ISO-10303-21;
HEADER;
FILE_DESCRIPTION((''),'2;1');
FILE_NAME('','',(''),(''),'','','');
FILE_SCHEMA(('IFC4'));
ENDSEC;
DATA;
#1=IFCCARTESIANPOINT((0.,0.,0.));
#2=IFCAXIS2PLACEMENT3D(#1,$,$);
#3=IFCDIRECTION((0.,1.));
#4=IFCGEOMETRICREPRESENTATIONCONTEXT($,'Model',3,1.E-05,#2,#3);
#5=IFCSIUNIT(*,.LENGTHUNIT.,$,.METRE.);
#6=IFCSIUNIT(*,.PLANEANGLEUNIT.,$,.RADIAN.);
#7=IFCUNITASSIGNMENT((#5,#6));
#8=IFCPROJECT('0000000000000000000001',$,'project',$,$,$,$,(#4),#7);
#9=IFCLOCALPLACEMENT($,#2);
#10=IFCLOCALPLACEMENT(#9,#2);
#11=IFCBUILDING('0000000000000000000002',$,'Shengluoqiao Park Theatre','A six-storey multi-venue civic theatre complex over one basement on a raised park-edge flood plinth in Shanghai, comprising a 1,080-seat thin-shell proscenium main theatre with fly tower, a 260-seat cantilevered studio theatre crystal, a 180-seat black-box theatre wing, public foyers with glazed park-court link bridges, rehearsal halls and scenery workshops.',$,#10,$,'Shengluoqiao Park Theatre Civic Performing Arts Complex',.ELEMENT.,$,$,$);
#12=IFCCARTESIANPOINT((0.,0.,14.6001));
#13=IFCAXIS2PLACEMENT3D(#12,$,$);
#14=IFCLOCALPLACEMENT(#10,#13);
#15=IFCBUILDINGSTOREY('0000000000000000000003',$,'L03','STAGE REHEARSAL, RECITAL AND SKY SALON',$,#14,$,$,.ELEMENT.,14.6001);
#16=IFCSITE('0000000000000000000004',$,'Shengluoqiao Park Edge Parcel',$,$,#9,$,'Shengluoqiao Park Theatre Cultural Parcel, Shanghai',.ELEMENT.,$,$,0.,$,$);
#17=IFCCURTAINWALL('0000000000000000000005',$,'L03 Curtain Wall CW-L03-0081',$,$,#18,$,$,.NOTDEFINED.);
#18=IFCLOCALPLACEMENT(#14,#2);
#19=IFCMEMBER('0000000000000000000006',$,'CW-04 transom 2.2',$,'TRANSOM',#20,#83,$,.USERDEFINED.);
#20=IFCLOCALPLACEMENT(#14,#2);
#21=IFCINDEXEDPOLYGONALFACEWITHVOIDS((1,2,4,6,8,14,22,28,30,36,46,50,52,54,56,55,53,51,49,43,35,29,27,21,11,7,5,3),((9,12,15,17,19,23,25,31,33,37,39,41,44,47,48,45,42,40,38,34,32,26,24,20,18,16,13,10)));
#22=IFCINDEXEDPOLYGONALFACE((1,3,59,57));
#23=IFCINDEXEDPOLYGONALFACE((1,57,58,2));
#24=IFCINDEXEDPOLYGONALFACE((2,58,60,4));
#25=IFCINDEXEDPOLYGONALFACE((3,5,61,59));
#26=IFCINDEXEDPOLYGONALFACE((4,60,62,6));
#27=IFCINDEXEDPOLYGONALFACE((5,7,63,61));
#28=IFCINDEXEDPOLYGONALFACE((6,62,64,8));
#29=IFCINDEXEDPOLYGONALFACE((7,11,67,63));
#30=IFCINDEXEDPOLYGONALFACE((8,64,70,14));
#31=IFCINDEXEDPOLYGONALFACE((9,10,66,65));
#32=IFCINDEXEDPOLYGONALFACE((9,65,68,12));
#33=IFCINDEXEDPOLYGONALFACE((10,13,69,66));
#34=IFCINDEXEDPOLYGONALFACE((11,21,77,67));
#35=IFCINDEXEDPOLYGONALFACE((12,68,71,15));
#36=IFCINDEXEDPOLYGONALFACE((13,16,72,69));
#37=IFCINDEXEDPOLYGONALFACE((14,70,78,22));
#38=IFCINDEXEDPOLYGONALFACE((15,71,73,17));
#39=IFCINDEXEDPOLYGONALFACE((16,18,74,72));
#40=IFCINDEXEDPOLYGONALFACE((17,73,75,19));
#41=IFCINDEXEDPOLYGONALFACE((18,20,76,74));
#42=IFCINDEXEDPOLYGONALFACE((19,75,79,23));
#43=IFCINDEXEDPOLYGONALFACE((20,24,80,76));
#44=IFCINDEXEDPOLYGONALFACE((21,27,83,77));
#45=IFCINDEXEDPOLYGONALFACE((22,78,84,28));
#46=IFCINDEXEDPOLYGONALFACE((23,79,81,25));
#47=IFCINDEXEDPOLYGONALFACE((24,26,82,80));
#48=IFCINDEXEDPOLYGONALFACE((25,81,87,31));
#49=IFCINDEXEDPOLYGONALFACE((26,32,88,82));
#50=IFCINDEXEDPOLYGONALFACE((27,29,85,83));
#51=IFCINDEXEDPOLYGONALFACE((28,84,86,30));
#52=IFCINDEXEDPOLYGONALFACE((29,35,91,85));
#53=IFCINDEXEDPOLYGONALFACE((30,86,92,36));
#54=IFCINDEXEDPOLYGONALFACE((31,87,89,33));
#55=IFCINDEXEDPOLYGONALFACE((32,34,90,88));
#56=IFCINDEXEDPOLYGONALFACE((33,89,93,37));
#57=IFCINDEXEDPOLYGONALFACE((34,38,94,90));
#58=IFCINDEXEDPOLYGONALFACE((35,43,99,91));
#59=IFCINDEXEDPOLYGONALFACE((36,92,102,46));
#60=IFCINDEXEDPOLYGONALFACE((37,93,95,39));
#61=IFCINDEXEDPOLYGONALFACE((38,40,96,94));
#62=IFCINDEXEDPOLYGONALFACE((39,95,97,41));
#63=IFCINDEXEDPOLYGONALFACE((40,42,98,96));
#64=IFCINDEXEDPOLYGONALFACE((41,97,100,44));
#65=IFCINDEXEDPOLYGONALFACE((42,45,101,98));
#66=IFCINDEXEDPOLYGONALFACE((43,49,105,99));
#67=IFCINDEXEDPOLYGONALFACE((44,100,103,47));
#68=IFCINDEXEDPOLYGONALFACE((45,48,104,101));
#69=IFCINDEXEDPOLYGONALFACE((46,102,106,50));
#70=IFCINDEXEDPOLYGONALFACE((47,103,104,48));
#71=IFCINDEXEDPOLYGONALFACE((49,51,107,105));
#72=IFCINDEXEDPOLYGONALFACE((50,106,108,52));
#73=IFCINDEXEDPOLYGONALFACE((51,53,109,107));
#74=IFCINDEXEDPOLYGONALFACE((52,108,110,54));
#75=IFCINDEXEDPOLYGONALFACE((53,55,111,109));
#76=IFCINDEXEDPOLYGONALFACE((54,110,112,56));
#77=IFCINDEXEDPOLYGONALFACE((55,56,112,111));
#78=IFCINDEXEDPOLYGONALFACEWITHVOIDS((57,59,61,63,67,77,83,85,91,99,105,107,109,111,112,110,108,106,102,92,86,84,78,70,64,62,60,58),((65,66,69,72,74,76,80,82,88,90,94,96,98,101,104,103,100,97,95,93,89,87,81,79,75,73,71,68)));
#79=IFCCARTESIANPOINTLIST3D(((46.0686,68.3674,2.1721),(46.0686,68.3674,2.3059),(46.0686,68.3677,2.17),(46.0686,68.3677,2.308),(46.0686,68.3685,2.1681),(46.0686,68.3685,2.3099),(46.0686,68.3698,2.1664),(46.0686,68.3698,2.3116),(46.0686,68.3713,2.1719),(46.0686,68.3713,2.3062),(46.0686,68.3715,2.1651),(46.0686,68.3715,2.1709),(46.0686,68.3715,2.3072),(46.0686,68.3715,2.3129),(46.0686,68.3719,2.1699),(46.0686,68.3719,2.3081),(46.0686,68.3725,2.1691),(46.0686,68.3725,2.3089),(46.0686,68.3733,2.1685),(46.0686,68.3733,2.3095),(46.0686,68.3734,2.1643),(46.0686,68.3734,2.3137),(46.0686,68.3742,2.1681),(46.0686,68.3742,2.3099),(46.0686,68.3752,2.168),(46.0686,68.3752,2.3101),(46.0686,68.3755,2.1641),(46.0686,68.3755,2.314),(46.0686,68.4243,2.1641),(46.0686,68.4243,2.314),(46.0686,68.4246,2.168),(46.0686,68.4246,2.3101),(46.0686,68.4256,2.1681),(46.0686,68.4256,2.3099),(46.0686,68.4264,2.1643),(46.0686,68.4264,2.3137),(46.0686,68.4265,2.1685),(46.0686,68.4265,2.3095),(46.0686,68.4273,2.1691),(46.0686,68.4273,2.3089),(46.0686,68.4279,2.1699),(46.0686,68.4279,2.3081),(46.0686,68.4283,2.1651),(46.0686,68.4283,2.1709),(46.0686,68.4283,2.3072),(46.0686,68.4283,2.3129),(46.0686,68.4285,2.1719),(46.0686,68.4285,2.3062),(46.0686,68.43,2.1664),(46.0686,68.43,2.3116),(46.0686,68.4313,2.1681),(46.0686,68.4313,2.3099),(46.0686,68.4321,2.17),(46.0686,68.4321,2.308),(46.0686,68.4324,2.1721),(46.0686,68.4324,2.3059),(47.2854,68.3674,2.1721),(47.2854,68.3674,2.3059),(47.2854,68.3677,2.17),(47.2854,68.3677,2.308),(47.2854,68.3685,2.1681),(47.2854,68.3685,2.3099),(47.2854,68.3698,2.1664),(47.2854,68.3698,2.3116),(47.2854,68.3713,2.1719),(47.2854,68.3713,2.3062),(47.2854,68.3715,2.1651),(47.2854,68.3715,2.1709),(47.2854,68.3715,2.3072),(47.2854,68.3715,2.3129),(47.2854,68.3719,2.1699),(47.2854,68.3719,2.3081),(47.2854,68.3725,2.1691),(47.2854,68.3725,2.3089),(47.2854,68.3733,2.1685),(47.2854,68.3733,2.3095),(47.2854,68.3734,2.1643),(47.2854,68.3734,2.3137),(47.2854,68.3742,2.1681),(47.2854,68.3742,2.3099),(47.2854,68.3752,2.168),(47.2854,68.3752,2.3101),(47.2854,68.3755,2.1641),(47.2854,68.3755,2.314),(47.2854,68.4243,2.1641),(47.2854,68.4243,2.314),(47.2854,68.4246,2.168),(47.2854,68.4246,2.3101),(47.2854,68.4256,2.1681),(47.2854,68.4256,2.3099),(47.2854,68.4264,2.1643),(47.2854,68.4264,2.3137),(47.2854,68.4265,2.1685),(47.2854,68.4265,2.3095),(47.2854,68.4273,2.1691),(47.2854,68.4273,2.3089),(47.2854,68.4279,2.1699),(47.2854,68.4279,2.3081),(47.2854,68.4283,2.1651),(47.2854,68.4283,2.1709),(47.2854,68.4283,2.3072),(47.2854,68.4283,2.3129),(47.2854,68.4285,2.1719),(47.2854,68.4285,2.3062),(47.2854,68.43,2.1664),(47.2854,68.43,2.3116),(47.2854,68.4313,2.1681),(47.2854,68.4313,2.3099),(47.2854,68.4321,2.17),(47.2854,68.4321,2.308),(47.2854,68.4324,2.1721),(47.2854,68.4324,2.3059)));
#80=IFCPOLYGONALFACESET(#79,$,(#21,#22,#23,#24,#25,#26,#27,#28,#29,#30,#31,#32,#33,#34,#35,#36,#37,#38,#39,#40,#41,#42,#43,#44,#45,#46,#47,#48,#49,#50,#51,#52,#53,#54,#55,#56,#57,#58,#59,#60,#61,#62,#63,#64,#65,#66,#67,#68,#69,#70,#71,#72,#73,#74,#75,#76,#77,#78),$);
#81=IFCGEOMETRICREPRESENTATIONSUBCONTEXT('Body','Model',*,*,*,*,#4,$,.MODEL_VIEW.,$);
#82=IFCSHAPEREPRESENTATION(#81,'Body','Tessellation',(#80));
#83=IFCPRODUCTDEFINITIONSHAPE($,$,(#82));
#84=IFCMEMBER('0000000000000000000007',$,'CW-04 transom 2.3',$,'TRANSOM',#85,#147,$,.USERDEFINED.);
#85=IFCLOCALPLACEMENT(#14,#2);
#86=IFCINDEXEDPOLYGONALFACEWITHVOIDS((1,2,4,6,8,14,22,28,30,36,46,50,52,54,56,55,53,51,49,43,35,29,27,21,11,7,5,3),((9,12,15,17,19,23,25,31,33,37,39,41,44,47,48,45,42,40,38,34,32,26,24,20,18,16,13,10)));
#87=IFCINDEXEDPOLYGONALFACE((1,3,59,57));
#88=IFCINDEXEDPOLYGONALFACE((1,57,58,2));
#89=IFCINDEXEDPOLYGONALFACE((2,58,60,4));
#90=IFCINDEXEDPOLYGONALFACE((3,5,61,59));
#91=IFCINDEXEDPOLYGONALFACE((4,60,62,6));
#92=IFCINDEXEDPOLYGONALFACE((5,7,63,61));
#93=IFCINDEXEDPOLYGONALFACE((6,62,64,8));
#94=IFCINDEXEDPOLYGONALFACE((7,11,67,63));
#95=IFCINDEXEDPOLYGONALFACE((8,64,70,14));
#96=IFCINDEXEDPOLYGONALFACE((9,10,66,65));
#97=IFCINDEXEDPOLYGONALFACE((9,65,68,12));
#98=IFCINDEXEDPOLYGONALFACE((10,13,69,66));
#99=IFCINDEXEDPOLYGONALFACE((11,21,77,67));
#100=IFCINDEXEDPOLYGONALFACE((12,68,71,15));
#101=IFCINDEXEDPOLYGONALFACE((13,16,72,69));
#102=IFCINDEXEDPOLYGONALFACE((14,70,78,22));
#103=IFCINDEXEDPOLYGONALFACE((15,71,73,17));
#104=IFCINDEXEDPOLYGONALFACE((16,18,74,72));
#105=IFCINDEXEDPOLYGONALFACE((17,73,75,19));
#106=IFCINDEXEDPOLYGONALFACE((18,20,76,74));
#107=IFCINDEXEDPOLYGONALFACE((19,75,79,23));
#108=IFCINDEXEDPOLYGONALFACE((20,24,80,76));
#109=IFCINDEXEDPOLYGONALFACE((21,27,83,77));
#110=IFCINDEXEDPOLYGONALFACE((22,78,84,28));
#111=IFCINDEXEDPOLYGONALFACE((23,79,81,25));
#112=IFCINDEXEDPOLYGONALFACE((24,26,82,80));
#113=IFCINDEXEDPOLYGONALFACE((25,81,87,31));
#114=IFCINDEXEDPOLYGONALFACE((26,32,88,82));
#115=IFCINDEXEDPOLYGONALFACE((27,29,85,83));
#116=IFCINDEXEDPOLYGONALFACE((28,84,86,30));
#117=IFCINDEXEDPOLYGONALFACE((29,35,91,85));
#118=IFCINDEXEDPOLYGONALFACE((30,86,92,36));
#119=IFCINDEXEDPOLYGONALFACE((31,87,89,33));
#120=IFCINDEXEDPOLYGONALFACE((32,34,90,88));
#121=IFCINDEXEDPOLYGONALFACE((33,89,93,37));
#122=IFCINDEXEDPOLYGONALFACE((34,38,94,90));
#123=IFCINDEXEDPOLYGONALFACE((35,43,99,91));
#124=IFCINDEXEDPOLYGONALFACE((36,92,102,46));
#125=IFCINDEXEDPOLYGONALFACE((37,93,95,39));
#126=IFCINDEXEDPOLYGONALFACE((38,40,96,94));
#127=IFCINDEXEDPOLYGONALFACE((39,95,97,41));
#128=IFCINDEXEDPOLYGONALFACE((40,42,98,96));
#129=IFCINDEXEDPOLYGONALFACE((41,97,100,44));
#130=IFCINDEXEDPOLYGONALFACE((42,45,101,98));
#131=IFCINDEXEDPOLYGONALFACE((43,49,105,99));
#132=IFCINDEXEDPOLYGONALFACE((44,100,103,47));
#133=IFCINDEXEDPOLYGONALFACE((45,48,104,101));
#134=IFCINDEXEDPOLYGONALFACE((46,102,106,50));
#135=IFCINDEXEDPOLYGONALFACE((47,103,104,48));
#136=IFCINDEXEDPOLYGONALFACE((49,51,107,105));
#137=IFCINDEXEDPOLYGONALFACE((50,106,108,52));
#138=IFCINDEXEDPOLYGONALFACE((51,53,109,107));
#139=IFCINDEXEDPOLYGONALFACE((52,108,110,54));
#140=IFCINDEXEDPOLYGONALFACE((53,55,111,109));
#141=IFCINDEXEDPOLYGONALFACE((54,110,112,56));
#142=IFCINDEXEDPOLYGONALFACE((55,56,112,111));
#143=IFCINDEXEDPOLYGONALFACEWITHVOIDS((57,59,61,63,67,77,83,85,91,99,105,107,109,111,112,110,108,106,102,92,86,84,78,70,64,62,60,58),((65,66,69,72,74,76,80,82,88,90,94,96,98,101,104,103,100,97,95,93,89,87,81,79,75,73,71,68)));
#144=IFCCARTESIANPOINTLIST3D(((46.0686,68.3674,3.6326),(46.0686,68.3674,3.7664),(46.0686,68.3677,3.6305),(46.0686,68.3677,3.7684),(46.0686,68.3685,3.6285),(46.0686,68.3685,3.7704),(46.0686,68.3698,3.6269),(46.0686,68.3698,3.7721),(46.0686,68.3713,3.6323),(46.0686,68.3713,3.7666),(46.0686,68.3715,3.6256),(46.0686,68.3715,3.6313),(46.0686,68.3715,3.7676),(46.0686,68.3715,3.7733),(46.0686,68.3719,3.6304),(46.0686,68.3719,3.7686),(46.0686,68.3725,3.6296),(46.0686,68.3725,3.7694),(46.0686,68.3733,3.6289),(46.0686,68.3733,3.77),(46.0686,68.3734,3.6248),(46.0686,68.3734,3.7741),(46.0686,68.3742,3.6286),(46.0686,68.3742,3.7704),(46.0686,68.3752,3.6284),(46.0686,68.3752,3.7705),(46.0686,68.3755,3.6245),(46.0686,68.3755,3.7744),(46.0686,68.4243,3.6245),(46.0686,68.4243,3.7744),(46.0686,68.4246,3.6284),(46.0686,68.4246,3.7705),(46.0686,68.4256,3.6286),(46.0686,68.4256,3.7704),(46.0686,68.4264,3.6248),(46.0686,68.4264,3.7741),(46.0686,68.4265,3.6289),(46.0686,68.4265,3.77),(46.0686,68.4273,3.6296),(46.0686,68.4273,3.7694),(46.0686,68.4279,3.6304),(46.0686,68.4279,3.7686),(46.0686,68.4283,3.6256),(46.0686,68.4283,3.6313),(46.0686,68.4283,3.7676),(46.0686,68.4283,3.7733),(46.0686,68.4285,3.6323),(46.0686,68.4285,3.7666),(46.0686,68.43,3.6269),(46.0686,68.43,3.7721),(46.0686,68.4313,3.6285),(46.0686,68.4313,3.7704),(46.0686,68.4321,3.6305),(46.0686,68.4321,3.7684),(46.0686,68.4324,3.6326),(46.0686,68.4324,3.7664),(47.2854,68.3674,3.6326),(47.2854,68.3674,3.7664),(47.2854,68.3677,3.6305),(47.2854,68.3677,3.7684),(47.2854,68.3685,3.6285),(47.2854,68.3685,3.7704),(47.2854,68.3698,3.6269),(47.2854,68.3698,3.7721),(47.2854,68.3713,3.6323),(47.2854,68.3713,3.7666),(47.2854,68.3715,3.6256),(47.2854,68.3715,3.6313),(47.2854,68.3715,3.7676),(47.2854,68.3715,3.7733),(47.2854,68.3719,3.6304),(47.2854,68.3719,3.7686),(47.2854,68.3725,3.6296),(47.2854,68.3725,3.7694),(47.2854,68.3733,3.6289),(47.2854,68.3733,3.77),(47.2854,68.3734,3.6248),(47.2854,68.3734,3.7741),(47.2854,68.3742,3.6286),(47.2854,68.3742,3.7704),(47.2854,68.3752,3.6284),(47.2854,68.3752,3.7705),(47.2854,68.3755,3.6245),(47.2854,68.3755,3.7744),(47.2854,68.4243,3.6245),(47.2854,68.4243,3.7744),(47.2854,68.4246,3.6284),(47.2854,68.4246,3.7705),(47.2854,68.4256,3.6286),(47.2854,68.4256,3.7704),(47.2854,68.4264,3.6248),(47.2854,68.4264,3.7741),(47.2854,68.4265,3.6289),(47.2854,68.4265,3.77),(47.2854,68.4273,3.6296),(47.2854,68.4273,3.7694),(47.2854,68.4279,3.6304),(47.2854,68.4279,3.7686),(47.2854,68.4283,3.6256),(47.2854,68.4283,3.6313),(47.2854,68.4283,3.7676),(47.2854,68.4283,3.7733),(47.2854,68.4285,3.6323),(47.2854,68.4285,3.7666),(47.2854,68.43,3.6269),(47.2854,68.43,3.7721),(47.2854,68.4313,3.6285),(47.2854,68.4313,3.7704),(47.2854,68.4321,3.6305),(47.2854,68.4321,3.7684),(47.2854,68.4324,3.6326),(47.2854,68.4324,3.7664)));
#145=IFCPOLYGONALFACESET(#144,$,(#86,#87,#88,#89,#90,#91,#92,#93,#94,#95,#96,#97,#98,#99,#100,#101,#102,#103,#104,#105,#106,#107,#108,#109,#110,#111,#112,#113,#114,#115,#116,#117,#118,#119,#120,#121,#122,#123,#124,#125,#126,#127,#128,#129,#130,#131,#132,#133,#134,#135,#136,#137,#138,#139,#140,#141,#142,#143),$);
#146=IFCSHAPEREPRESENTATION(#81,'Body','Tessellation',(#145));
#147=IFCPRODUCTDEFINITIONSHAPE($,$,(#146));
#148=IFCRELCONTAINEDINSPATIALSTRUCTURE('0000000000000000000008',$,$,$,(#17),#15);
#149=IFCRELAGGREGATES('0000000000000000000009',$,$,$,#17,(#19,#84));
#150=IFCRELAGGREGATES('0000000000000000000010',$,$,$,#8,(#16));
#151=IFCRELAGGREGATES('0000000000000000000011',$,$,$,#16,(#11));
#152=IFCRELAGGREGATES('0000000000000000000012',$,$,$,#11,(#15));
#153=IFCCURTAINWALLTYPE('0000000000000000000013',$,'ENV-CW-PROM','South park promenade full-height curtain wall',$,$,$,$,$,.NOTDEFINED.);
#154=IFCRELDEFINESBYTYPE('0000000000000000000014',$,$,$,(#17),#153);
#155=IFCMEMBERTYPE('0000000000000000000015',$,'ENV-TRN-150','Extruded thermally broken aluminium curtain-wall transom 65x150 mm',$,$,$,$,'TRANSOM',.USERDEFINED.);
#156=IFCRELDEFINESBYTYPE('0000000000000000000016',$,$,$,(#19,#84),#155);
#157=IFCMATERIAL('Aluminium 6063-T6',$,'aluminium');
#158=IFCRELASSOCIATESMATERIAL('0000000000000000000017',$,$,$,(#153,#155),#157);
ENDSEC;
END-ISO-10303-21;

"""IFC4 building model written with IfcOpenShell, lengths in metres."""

from ifc_helpers import new_model, si_unit, direction, frame, origin, origin_2d, place, context, subcontext, project, spatial, hollow_rectangle, extrude, material, material_profile, profile_set, type_object, element, aggregate, save


model = new_model("IFC4")

# Units and contexts
model_context = context("Model", 3, precision=1e-05, world=origin(), true_north=direction((0.0, 1.0)))
body_context = subcontext(model_context, "Body", "Model", "MODEL_VIEW")
ifc_project = project(units=[si_unit("LENGTHUNIT", "METRE"), si_unit("PLANEANGLEUNIT", "RADIAN")], contexts=[model_context])

# Site, building, storey
site_placement = place(None, origin())
site = spatial("IfcSite", under=ifc_project, at=site_placement, Name="Shengluoqiao Park Edge Parcel", LongName="Shengluoqiao Park Theatre Cultural Parcel, Shanghai", CompositionType="ELEMENT", RefElevation=0.0)
building_placement = place(site_placement, origin())
building = spatial("IfcBuilding", under=site, at=building_placement, Name="Shengluoqiao Park Theatre", Description="A six-storey multi-venue civic theatre complex over one basement on a raised park-edge flood plinth in Shanghai, comprising a 1,080-seat thin-shell proscenium main theatre with fly tower, a 260-seat cantilevered studio theatre crystal, a 180-seat black-box theatre wing, public foyers with glazed park-court link bridges, rehearsal halls and scenery workshops.", LongName="Shengluoqiao Park Theatre Civic Performing Arts Complex", CompositionType="ELEMENT")
storey_placement = place(building_placement, frame((0.0, 0.0, 14.6001)))
storey = spatial("IfcBuildingStorey", under=building, at=storey_placement, Name="L03", Description="STAGE REHEARSAL, RECITAL AND SKY SALON", CompositionType="ELEMENT", Elevation=14.6001)

# Curtain wall
ifc_material_1 = material(Name="Aluminium 6063-T6", Category="aluminium")
curtain_wall_type = type_object("IfcCurtainWallType", Name="ENV-CW-PROM", Description="South park promenade full-height curtain wall", PredefinedType="NOTDEFINED", material=ifc_material_1)
curtain_wall_1_placement = place(storey_placement, origin())
curtain_wall_1 = element("IfcCurtainWall", 1, at=curtain_wall_1_placement, inside=storey, type_object=curtain_wall_type, Name="L03 Curtain Wall CW-L03-0081", PredefinedType="NOTDEFINED")

# Members
ifc_material_profile_1 = material_profile(ifc_material_1, hollow_rectangle(XDim=0.0649, YDim=0.1499, WallThickness=0.0039, InnerFilletRadius=0.0039, OuterFilletRadius=0.0081, at=origin_2d()), Name="ALU TRANSOM 150x65x4")
ifc_profile_set_1 = profile_set([ifc_material_profile_1], Name="Aluminium 6063-T6")
member_type_1 = type_object("IfcMemberType", Name="ENV-TRN-150", Description="Extruded thermally broken aluminium curtain-wall transom 65x150 mm", ElementType="TRANSOM", PredefinedType="USERDEFINED", material=ifc_profile_set_1)
member_1_placement = place(storey_placement, frame((46.0686, 68.3999, 2.239), z_axis=(1.0, 0.0, 0.0), x_axis=(0.0, 1.0, 0.0)))
member_1 = element("IfcMember", 2, at=member_1_placement, type_object=member_type_1, Name="CW-04 transom 2.2", ObjectType="TRANSOM", PredefinedType="USERDEFINED", context=body_context, shape_type="SweptSolid", body=[
    extrude(hollow_rectangle(XDim=0.0649, YDim=0.1499, WallThickness=0.0039, InnerFilletRadius=0.0039, OuterFilletRadius=0.0081, at=origin_2d()), origin(), (0.0, 0.0, 1.0), 1.2168),
])
member_2_placement = place(storey_placement, frame((46.0686, 68.3999, 3.6995), z_axis=(1.0, 0.0, 0.0), x_axis=(0.0, 1.0, 0.0)))
member_2 = element("IfcMember", 3, at=member_2_placement, type_object=member_type_1, Name="CW-04 transom 2.3", ObjectType="TRANSOM", PredefinedType="USERDEFINED", context=body_context, shape_type="SweptSolid", body=[
    extrude(hollow_rectangle(XDim=0.0649, YDim=0.1499, WallThickness=0.0039, InnerFilletRadius=0.0039, OuterFilletRadius=0.0081, at=origin_2d()), origin(), (0.0, 0.0, 1.0), 1.2168),
])

aggregate(curtain_wall_1, [member_1, member_2])

save(model, "model.ifc")
